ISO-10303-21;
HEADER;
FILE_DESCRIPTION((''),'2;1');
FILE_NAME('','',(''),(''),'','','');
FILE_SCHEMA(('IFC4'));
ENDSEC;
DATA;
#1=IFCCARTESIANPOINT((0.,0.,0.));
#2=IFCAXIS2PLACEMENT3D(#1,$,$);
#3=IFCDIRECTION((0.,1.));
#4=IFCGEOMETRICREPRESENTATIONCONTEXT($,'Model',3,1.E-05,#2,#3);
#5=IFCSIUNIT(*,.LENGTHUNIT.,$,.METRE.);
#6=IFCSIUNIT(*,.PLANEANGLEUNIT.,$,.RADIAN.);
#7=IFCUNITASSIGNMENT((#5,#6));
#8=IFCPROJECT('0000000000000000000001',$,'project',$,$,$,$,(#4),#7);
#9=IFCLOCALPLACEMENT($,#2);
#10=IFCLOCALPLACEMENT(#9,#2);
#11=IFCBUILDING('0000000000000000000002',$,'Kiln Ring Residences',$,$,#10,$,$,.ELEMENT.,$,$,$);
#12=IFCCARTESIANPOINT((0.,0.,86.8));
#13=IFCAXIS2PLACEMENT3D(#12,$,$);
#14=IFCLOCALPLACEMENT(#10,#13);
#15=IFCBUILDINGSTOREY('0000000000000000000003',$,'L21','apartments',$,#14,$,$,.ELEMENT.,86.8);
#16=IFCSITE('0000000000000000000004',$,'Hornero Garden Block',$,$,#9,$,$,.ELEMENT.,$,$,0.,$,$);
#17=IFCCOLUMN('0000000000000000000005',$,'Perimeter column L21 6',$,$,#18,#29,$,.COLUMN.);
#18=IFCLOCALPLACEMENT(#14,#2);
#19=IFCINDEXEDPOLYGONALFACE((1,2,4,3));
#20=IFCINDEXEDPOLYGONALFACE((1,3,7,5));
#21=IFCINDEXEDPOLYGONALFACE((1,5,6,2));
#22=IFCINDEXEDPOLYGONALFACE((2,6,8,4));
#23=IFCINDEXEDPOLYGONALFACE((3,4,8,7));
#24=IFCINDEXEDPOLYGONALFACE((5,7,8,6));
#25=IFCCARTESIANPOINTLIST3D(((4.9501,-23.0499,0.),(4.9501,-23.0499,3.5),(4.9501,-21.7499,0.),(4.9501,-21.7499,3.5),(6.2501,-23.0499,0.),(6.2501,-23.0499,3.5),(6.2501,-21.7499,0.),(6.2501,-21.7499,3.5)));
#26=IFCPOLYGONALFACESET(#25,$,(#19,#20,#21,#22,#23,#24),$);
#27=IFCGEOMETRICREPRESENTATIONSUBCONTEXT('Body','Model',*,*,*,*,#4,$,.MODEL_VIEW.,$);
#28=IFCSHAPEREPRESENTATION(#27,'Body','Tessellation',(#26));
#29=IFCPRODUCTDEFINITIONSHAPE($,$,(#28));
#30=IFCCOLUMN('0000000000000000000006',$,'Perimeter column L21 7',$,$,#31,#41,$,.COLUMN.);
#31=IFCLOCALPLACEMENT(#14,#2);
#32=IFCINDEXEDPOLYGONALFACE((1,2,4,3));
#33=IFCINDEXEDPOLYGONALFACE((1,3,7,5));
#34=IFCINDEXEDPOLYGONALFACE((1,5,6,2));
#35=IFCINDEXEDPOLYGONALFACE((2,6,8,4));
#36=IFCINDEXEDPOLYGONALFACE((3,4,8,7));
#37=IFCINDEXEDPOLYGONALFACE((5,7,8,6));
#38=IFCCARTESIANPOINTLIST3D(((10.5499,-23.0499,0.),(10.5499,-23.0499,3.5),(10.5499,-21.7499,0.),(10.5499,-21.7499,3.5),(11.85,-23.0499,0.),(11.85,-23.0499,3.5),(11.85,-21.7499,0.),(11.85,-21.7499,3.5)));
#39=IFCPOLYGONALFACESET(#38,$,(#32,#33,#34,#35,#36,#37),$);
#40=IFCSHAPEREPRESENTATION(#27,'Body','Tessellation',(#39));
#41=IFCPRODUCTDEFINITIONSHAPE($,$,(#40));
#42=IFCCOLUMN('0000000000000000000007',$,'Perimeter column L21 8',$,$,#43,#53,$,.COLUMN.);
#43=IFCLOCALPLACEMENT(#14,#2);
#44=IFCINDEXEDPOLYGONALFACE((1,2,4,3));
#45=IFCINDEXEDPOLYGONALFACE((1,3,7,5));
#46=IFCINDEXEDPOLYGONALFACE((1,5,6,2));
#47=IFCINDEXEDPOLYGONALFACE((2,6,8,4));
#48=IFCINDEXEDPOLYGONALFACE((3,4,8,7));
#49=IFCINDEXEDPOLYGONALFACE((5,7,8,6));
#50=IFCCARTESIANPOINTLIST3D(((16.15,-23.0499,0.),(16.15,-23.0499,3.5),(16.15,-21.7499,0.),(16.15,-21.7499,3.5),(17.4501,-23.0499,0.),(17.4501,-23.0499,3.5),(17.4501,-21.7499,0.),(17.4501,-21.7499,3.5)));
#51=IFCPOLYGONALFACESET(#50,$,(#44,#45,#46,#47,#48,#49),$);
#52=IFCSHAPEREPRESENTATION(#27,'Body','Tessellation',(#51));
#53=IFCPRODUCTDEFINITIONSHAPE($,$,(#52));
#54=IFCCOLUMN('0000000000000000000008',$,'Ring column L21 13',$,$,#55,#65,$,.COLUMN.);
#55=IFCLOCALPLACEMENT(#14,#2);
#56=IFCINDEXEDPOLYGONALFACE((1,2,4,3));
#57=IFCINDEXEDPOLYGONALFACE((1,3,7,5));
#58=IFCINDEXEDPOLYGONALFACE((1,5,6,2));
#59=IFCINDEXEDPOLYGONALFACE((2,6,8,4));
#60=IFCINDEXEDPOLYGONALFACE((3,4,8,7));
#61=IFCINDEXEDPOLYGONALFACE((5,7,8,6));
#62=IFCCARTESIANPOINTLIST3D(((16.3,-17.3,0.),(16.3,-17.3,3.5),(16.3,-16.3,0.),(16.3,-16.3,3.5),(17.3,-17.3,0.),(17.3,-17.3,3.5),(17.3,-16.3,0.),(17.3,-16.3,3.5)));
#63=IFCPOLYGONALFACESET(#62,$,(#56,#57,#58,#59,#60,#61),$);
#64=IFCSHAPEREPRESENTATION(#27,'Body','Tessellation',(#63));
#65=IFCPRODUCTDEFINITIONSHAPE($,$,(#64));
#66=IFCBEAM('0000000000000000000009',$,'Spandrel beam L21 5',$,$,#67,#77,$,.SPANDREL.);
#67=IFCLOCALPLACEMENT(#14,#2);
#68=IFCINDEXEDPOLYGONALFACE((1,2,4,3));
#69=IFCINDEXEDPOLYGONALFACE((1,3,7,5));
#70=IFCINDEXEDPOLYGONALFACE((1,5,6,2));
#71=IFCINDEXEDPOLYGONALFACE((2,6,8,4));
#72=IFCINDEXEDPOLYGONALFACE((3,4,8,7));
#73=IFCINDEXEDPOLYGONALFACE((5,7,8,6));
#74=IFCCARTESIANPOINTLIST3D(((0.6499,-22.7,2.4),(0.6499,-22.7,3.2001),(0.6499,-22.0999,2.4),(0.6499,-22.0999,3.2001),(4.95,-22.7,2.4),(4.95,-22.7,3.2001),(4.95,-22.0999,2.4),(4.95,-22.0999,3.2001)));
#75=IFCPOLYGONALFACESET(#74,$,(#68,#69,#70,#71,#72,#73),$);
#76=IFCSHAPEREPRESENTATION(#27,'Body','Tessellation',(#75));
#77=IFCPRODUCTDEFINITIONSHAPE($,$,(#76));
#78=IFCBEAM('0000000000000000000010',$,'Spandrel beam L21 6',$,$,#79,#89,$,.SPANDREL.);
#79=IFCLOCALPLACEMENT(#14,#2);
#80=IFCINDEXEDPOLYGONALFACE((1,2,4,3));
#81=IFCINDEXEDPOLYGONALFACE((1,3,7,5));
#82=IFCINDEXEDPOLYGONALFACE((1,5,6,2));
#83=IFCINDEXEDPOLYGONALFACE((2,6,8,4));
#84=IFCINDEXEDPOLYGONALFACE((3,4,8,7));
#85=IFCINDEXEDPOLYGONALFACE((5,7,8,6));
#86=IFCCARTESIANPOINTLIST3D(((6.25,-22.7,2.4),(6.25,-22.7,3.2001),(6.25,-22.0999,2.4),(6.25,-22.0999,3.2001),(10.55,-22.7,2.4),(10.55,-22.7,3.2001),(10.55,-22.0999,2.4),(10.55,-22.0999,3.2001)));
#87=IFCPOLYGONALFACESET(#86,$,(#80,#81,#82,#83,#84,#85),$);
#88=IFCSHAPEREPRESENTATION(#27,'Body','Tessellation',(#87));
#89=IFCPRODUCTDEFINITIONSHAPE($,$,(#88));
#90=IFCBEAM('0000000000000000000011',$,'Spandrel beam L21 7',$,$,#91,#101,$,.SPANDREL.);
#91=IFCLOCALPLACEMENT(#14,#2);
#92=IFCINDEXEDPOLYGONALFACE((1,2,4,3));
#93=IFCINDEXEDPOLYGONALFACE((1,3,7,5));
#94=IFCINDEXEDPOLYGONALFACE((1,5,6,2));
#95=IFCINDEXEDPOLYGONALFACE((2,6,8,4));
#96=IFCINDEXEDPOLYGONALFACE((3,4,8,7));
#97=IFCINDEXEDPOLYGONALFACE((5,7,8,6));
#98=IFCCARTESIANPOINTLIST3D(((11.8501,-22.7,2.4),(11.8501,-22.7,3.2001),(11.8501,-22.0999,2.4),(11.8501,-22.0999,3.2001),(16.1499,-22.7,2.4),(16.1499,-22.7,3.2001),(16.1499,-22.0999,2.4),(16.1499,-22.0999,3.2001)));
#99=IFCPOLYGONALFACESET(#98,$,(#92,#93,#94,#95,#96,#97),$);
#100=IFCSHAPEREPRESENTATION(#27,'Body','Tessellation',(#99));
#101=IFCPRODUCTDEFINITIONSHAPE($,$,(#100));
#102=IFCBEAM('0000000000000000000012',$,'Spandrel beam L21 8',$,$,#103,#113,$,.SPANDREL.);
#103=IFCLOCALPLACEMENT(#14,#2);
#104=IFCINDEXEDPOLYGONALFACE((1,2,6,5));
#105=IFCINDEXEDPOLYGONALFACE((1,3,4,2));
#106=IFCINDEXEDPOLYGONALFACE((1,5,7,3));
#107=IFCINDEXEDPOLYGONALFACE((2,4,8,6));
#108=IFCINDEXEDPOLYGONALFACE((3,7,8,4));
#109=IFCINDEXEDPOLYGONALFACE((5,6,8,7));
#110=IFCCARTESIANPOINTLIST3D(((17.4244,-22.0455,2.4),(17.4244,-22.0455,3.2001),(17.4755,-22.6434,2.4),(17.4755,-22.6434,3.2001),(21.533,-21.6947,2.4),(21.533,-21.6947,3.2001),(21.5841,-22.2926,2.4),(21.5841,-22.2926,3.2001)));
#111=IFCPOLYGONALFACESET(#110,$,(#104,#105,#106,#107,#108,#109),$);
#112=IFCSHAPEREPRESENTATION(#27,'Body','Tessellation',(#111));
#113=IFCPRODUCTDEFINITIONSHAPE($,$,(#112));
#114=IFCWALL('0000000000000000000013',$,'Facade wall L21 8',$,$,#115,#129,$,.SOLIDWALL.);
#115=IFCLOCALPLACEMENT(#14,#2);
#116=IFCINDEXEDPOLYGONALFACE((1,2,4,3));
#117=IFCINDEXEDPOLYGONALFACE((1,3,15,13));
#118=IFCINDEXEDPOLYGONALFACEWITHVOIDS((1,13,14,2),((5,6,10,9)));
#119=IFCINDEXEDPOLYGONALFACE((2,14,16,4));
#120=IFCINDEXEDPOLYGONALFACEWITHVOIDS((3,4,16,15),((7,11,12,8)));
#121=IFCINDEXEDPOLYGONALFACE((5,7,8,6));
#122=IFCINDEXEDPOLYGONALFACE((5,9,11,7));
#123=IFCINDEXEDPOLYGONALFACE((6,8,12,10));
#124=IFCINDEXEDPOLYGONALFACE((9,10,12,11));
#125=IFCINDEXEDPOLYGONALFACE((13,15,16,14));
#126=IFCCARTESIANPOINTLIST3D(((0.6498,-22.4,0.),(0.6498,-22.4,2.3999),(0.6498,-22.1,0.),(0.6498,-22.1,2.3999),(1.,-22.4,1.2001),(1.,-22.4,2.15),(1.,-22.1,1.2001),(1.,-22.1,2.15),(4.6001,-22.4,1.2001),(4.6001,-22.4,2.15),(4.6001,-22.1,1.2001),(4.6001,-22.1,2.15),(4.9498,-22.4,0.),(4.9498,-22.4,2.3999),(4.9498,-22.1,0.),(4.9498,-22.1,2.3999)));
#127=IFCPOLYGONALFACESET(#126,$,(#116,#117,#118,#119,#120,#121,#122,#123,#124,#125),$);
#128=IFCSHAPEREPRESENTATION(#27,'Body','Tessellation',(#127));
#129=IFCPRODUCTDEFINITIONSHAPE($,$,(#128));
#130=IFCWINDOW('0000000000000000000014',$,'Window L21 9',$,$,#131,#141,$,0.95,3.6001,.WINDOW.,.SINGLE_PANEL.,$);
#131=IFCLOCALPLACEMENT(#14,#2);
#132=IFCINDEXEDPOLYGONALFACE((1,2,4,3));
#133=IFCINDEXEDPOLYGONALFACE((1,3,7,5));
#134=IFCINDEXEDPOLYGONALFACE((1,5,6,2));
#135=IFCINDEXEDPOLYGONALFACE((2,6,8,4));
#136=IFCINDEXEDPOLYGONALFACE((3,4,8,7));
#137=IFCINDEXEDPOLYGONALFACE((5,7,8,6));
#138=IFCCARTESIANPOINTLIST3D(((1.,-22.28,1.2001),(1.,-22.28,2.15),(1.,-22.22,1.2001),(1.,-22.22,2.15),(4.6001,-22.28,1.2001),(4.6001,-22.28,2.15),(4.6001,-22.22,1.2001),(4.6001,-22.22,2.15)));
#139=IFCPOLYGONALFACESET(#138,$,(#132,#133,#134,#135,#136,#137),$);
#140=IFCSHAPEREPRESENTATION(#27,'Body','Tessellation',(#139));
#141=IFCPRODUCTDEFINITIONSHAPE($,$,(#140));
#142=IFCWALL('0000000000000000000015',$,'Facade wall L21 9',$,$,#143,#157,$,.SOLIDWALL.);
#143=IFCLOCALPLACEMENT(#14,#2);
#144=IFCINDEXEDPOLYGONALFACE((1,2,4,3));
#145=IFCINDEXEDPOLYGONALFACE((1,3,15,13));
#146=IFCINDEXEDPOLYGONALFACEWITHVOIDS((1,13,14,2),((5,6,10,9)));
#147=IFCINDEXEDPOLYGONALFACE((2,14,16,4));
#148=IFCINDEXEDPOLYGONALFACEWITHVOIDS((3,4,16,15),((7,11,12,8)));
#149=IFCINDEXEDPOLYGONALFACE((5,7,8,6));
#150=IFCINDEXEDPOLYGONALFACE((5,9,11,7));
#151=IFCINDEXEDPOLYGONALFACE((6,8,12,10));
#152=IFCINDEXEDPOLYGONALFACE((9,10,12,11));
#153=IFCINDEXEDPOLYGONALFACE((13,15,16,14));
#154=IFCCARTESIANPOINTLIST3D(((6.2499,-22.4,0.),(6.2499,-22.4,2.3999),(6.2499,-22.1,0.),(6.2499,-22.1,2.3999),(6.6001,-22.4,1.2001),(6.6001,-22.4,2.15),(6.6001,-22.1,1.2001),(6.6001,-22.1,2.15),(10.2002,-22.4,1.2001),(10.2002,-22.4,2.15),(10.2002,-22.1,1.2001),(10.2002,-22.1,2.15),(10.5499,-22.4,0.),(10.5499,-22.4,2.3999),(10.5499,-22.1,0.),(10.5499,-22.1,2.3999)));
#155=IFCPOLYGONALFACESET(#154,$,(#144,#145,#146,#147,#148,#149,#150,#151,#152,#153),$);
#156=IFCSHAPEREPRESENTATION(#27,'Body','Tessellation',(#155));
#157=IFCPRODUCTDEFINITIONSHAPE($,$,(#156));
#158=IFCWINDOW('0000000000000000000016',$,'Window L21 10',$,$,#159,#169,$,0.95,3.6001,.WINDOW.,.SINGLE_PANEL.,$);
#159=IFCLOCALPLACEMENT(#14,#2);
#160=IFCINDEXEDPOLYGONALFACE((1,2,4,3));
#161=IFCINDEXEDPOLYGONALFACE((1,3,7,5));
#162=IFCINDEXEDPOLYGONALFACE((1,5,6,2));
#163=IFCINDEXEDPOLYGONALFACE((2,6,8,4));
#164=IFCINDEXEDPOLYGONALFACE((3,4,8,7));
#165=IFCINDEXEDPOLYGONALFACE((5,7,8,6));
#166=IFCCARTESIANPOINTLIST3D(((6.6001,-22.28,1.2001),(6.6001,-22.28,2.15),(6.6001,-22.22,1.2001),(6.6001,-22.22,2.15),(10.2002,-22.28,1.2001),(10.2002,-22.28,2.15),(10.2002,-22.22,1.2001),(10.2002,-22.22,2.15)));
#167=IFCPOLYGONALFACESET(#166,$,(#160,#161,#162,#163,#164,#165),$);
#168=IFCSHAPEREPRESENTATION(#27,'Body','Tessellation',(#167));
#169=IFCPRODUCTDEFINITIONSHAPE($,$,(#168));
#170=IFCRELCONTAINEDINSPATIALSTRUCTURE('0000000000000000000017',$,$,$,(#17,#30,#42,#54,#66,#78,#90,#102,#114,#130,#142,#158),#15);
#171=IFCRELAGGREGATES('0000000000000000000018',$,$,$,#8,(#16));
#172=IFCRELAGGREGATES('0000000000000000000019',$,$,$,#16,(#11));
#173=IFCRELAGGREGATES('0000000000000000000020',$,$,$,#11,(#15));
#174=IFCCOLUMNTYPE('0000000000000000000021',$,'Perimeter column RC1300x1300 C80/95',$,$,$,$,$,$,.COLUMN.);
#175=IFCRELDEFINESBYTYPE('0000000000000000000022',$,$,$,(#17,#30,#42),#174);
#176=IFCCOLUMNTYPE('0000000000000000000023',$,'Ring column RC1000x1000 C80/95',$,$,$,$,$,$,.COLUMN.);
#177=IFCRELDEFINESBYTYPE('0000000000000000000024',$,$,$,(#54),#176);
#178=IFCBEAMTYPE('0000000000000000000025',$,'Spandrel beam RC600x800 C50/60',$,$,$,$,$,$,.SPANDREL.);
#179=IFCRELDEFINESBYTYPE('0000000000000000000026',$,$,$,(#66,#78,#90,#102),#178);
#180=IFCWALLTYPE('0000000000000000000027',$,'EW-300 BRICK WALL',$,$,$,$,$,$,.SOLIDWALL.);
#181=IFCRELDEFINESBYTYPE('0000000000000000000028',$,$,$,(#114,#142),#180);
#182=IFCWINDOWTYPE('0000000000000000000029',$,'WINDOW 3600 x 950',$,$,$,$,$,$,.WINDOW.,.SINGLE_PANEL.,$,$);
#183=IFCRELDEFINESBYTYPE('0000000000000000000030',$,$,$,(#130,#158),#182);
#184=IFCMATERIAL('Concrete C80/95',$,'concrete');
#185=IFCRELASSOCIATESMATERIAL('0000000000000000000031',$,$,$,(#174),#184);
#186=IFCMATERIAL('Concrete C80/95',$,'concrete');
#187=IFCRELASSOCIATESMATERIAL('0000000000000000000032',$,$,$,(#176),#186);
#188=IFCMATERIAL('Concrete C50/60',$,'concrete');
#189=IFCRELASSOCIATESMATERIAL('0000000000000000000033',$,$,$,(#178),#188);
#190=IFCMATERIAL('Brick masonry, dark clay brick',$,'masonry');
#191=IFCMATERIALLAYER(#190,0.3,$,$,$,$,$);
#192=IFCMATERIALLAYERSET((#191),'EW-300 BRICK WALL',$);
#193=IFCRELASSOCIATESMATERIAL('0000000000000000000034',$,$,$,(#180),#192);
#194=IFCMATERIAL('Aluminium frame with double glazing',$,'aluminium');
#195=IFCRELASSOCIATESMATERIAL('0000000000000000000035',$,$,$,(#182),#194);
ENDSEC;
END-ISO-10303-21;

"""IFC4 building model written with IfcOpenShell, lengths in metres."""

from ifc_helpers import new_model, si_unit, direction, frame, frame_2d, origin, origin_2d, place, context, subcontext, project, spatial, rectangle, extrude, material, layer, layer_set, material_profile, profile_set, type_object, element, fill, save


model = new_model("IFC4")

# Units and contexts
model_context = context("Model", 3, precision=1e-05, world=origin(), true_north=direction((0.0, 1.0)))
body_context = subcontext(model_context, "Body", "Model", "MODEL_VIEW")
ifc_project = project(units=[si_unit("LENGTHUNIT", "METRE"), si_unit("PLANEANGLEUNIT", "RADIAN")], contexts=[model_context])

# Site, building, storey
site_placement = place(None, origin())
site = spatial("IfcSite", under=ifc_project, at=site_placement, Name="Hornero Garden Block", CompositionType="ELEMENT", RefElevation=0.0)
building_placement = place(site_placement, origin())
building = spatial("IfcBuilding", under=site, at=building_placement, Name="Kiln Ring Residences", CompositionType="ELEMENT")
storey_placement = place(building_placement, frame((0.0, 0.0, 86.8)))
storey = spatial("IfcBuildingStorey", under=building, at=storey_placement, Name="L21", Description="apartments", CompositionType="ELEMENT", Elevation=86.8)

# Columns
ifc_material_1 = material(Name="Concrete C80/95", Category="concrete")
ifc_material_profile_1 = material_profile(ifc_material_1, rectangle(XDim=1.3, YDim=1.3, at=origin_2d()), Name="RC1300x1300")
ifc_profile_set_1 = profile_set([ifc_material_profile_1], Name="Concrete C80/95")
column_type_1 = type_object("IfcColumnType", Name="Perimeter column RC1300x1300 C80/95", PredefinedType="COLUMN", material=ifc_profile_set_1)
for number, where, z_axis, x_axis, name in (
    (1, (5.6001, -22.3999, 0.0), (0.0, 0.0, 1.0), (1.0, 0.0, 0.0), "Perimeter column L21 6"),
    (2, (11.2, -22.3999, 0.0), (0.0, 0.0, 1.0), (1.0, 0.0, 0.0), "Perimeter column L21 7"),
    (3, (16.8, -22.3999, 0.0), (0.0, 0.0, 1.0), (1.0, 0.0, 0.0), "Perimeter column L21 8"),
):
    element("IfcColumn", number, at=place(storey_placement, frame(where, z_axis=z_axis, x_axis=x_axis)), inside=storey, type_object=column_type_1, Name=name, PredefinedType="COLUMN", context=body_context, shape_type="SweptSolid", body=[
        extrude(rectangle(XDim=1.3, YDim=1.3, at=origin_2d()), origin(), (0.0, 0.0, 1.0), 3.5),
    ])
ifc_material_2 = material(Name="Concrete C80/95", Category="concrete")
ifc_material_profile_2 = material_profile(ifc_material_2, rectangle(XDim=1.0, YDim=1.0, at=origin_2d()), Name="RC1000x1000")
ifc_profile_set_2 = profile_set([ifc_material_profile_2], Name="Concrete C80/95")
column_type_2 = type_object("IfcColumnType", Name="Ring column RC1000x1000 C80/95", PredefinedType="COLUMN", material=ifc_profile_set_2)
column_placement = place(storey_placement, frame((16.8, -16.8, 0.0), z_axis=(0.0, 0.0, 1.0), x_axis=(1.0, 0.0, 0.0)))
element("IfcColumn", 4, at=column_placement, inside=storey, type_object=column_type_2, Name="Ring column L21 13", PredefinedType="COLUMN", context=body_context, shape_type="SweptSolid", body=[
    extrude(rectangle(XDim=1.0, YDim=1.0, at=origin_2d()), origin(), (0.0, 0.0, 1.0), 3.5),
])

# Beams
ifc_material_3 = material(Name="Concrete C50/60", Category="concrete")
ifc_material_profile_3 = material_profile(ifc_material_3, rectangle(XDim=0.6001, YDim=0.8, at=origin_2d()), Name="RC600x800")
ifc_profile_set_3 = profile_set([ifc_material_profile_3], Name="Concrete C50/60")
beam_type = type_object("IfcBeamType", Name="Spandrel beam RC600x800 C50/60", PredefinedType="SPANDREL", material=ifc_profile_set_3)
for number, where, z_axis, x_axis, name in (
    (5, (0.6499, -22.3999, 2.8), (1.0, 0.0, 0.0), (0.0, 1.0, 0.0), "Spandrel beam L21 5"),
    (6, (6.25, -22.3999, 2.8), (1.0, 0.0, 0.0), (0.0, 1.0, 0.0), "Spandrel beam L21 6"),
):
    element("IfcBeam", number, at=place(storey_placement, frame(where, z_axis=z_axis, x_axis=x_axis)), inside=storey, type_object=beam_type, Name=name, PredefinedType="SPANDREL", context=body_context, shape_type="SweptSolid", body=[
        extrude(rectangle(XDim=0.6001, YDim=0.8, at=origin_2d()), origin(), (0.0, 0.0, 1.0), 4.3),
    ])
beam_1_placement = place(storey_placement, frame((11.8501, -22.3999, 2.8), z_axis=(1.0, 0.0, 0.0), x_axis=(0.0, 1.0, 0.0)))
element("IfcBeam", 7, at=beam_1_placement, inside=storey, type_object=beam_type, Name="Spandrel beam L21 7", PredefinedType="SPANDREL", context=body_context, shape_type="SweptSolid", body=[
    extrude(rectangle(XDim=0.6001, YDim=0.8, at=origin_2d()), origin(), (0.0, 0.0, 1.0), 4.2998),
])
beam_2_placement = place(storey_placement, frame((17.45, -22.3445, 2.8), z_axis=(0.996374, 0.085079, 0.0), x_axis=(-0.085079, 0.996374, 0.0)))
element("IfcBeam", 8, at=beam_2_placement, inside=storey, type_object=beam_type, Name="Spandrel beam L21 8", PredefinedType="SPANDREL", context=body_context, shape_type="SweptSolid", body=[
    extrude(rectangle(XDim=0.6001, YDim=0.8, at=origin_2d()), origin(), (0.0, 0.0, 1.0), 4.1235),
])

# Walls, openings, windows
ifc_material_4 = material(Name="Brick masonry, dark clay brick", Category="masonry")
ifc_layer_1 = layer(ifc_material_4, 0.3)
ifc_layer_set_1 = layer_set([ifc_layer_1], Name="EW-300 BRICK WALL")
wall_type_1 = type_object("IfcWallType", Name="EW-300 BRICK WALL", PredefinedType="SOLIDWALL", material=ifc_layer_set_1)
wall_1_placement = place(storey_placement, frame((0.6499, -22.25, 0.0), z_axis=(0.0, 0.0, 1.0), x_axis=(1.0, 0.0, 0.0)))
wall_1 = element("IfcWall", 9, at=wall_1_placement, inside=storey, type_object=wall_type_1, Name="Facade wall L21 8", PredefinedType="SOLIDWALL", context=body_context, shape_type="SweptSolid", body=[
    extrude(rectangle(XDim=4.3, YDim=0.3, at=frame_2d((2.1499, 0.0))), origin(), (0.0, 0.0, 1.0), 2.3999),
])
opening_1_placement = place(wall_1_placement, frame((0.3501, 0.0, 1.2)))
opening_1 = element("IfcOpeningElement", 10, at=opening_1_placement, cuts=wall_1, PredefinedType="OPENING", context=body_context, shape_type="SweptSolid", body=[
    extrude(rectangle(XDim=3.6001, YDim=0.95, at=frame_2d((1.8, 0.4751))), frame((0.0, 0.1599, 0.0), z_axis=(0.0, -1.0, 0.0), x_axis=(1.0, 0.0, 0.0)), (0.0, 0.0, 1.0), 0.3201),
])
ifc_material_5 = material(Name="Aluminium frame with double glazing", Category="aluminium")
window_type_1 = type_object("IfcWindowType", Name="WINDOW 3600 x 950", PartitioningType="SINGLE_PANEL", PredefinedType="WINDOW", material=ifc_material_5)
window_1_placement = place(opening_1_placement, origin())
window_1 = element("IfcWindow", 11, at=window_1_placement, inside=storey, type_object=window_type_1, Name="Window L21 9", OverallHeight=0.95, OverallWidth=3.6001, PartitioningType="SINGLE_PANEL", PredefinedType="WINDOW", context=body_context, shape_type="SweptSolid", body=[
    extrude(rectangle(XDim=3.6001, YDim=0.95, at=frame_2d((1.8, 0.4751))), frame((0.0, 0.03, 0.0), z_axis=(0.0, -1.0, 0.0), x_axis=(1.0, 0.0, 0.0)), (0.0, 0.0, 1.0), 0.0601),
])
fill(opening_1, window_1)
wall_2_placement = place(storey_placement, frame((6.25, -22.25, 0.0), z_axis=(0.0, 0.0, 1.0), x_axis=(1.0, 0.0, 0.0)))
wall_2 = element("IfcWall", 12, at=wall_2_placement, inside=storey, type_object=wall_type_1, Name="Facade wall L21 9", PredefinedType="SOLIDWALL", context=body_context, shape_type="SweptSolid", body=[
    extrude(rectangle(XDim=4.3, YDim=0.3, at=frame_2d((2.1499, 0.0))), origin(), (0.0, 0.0, 1.0), 2.3999),
])
opening_2_placement = place(wall_2_placement, frame((0.3501, 0.0, 1.2)))
opening_2 = element("IfcOpeningElement", 13, at=opening_2_placement, cuts=wall_2, PredefinedType="OPENING", context=body_context, shape_type="SweptSolid", body=[
    extrude(rectangle(XDim=3.6001, YDim=0.95, at=frame_2d((1.8, 0.4751))), frame((0.0, 0.1599, 0.0), z_axis=(0.0, -1.0, 0.0), x_axis=(1.0, 0.0, 0.0)), (0.0, 0.0, 1.0), 0.3201),
])
window_2_placement = place(opening_2_placement, origin())
window_2 = element("IfcWindow", 14, at=window_2_placement, inside=storey, type_object=window_type_1, Name="Window L21 10", OverallHeight=0.95, OverallWidth=3.6001, PartitioningType="SINGLE_PANEL", PredefinedType="WINDOW", context=body_context, shape_type="SweptSolid", body=[
    extrude(rectangle(XDim=3.6001, YDim=0.95, at=frame_2d((1.8, 0.4751))), frame((0.0, 0.03, 0.0), z_axis=(0.0, -1.0, 0.0), x_axis=(1.0, 0.0, 0.0)), (0.0, 0.0, 1.0), 0.0601),
])
fill(opening_2, window_2)

save(model, "model.ifc")
